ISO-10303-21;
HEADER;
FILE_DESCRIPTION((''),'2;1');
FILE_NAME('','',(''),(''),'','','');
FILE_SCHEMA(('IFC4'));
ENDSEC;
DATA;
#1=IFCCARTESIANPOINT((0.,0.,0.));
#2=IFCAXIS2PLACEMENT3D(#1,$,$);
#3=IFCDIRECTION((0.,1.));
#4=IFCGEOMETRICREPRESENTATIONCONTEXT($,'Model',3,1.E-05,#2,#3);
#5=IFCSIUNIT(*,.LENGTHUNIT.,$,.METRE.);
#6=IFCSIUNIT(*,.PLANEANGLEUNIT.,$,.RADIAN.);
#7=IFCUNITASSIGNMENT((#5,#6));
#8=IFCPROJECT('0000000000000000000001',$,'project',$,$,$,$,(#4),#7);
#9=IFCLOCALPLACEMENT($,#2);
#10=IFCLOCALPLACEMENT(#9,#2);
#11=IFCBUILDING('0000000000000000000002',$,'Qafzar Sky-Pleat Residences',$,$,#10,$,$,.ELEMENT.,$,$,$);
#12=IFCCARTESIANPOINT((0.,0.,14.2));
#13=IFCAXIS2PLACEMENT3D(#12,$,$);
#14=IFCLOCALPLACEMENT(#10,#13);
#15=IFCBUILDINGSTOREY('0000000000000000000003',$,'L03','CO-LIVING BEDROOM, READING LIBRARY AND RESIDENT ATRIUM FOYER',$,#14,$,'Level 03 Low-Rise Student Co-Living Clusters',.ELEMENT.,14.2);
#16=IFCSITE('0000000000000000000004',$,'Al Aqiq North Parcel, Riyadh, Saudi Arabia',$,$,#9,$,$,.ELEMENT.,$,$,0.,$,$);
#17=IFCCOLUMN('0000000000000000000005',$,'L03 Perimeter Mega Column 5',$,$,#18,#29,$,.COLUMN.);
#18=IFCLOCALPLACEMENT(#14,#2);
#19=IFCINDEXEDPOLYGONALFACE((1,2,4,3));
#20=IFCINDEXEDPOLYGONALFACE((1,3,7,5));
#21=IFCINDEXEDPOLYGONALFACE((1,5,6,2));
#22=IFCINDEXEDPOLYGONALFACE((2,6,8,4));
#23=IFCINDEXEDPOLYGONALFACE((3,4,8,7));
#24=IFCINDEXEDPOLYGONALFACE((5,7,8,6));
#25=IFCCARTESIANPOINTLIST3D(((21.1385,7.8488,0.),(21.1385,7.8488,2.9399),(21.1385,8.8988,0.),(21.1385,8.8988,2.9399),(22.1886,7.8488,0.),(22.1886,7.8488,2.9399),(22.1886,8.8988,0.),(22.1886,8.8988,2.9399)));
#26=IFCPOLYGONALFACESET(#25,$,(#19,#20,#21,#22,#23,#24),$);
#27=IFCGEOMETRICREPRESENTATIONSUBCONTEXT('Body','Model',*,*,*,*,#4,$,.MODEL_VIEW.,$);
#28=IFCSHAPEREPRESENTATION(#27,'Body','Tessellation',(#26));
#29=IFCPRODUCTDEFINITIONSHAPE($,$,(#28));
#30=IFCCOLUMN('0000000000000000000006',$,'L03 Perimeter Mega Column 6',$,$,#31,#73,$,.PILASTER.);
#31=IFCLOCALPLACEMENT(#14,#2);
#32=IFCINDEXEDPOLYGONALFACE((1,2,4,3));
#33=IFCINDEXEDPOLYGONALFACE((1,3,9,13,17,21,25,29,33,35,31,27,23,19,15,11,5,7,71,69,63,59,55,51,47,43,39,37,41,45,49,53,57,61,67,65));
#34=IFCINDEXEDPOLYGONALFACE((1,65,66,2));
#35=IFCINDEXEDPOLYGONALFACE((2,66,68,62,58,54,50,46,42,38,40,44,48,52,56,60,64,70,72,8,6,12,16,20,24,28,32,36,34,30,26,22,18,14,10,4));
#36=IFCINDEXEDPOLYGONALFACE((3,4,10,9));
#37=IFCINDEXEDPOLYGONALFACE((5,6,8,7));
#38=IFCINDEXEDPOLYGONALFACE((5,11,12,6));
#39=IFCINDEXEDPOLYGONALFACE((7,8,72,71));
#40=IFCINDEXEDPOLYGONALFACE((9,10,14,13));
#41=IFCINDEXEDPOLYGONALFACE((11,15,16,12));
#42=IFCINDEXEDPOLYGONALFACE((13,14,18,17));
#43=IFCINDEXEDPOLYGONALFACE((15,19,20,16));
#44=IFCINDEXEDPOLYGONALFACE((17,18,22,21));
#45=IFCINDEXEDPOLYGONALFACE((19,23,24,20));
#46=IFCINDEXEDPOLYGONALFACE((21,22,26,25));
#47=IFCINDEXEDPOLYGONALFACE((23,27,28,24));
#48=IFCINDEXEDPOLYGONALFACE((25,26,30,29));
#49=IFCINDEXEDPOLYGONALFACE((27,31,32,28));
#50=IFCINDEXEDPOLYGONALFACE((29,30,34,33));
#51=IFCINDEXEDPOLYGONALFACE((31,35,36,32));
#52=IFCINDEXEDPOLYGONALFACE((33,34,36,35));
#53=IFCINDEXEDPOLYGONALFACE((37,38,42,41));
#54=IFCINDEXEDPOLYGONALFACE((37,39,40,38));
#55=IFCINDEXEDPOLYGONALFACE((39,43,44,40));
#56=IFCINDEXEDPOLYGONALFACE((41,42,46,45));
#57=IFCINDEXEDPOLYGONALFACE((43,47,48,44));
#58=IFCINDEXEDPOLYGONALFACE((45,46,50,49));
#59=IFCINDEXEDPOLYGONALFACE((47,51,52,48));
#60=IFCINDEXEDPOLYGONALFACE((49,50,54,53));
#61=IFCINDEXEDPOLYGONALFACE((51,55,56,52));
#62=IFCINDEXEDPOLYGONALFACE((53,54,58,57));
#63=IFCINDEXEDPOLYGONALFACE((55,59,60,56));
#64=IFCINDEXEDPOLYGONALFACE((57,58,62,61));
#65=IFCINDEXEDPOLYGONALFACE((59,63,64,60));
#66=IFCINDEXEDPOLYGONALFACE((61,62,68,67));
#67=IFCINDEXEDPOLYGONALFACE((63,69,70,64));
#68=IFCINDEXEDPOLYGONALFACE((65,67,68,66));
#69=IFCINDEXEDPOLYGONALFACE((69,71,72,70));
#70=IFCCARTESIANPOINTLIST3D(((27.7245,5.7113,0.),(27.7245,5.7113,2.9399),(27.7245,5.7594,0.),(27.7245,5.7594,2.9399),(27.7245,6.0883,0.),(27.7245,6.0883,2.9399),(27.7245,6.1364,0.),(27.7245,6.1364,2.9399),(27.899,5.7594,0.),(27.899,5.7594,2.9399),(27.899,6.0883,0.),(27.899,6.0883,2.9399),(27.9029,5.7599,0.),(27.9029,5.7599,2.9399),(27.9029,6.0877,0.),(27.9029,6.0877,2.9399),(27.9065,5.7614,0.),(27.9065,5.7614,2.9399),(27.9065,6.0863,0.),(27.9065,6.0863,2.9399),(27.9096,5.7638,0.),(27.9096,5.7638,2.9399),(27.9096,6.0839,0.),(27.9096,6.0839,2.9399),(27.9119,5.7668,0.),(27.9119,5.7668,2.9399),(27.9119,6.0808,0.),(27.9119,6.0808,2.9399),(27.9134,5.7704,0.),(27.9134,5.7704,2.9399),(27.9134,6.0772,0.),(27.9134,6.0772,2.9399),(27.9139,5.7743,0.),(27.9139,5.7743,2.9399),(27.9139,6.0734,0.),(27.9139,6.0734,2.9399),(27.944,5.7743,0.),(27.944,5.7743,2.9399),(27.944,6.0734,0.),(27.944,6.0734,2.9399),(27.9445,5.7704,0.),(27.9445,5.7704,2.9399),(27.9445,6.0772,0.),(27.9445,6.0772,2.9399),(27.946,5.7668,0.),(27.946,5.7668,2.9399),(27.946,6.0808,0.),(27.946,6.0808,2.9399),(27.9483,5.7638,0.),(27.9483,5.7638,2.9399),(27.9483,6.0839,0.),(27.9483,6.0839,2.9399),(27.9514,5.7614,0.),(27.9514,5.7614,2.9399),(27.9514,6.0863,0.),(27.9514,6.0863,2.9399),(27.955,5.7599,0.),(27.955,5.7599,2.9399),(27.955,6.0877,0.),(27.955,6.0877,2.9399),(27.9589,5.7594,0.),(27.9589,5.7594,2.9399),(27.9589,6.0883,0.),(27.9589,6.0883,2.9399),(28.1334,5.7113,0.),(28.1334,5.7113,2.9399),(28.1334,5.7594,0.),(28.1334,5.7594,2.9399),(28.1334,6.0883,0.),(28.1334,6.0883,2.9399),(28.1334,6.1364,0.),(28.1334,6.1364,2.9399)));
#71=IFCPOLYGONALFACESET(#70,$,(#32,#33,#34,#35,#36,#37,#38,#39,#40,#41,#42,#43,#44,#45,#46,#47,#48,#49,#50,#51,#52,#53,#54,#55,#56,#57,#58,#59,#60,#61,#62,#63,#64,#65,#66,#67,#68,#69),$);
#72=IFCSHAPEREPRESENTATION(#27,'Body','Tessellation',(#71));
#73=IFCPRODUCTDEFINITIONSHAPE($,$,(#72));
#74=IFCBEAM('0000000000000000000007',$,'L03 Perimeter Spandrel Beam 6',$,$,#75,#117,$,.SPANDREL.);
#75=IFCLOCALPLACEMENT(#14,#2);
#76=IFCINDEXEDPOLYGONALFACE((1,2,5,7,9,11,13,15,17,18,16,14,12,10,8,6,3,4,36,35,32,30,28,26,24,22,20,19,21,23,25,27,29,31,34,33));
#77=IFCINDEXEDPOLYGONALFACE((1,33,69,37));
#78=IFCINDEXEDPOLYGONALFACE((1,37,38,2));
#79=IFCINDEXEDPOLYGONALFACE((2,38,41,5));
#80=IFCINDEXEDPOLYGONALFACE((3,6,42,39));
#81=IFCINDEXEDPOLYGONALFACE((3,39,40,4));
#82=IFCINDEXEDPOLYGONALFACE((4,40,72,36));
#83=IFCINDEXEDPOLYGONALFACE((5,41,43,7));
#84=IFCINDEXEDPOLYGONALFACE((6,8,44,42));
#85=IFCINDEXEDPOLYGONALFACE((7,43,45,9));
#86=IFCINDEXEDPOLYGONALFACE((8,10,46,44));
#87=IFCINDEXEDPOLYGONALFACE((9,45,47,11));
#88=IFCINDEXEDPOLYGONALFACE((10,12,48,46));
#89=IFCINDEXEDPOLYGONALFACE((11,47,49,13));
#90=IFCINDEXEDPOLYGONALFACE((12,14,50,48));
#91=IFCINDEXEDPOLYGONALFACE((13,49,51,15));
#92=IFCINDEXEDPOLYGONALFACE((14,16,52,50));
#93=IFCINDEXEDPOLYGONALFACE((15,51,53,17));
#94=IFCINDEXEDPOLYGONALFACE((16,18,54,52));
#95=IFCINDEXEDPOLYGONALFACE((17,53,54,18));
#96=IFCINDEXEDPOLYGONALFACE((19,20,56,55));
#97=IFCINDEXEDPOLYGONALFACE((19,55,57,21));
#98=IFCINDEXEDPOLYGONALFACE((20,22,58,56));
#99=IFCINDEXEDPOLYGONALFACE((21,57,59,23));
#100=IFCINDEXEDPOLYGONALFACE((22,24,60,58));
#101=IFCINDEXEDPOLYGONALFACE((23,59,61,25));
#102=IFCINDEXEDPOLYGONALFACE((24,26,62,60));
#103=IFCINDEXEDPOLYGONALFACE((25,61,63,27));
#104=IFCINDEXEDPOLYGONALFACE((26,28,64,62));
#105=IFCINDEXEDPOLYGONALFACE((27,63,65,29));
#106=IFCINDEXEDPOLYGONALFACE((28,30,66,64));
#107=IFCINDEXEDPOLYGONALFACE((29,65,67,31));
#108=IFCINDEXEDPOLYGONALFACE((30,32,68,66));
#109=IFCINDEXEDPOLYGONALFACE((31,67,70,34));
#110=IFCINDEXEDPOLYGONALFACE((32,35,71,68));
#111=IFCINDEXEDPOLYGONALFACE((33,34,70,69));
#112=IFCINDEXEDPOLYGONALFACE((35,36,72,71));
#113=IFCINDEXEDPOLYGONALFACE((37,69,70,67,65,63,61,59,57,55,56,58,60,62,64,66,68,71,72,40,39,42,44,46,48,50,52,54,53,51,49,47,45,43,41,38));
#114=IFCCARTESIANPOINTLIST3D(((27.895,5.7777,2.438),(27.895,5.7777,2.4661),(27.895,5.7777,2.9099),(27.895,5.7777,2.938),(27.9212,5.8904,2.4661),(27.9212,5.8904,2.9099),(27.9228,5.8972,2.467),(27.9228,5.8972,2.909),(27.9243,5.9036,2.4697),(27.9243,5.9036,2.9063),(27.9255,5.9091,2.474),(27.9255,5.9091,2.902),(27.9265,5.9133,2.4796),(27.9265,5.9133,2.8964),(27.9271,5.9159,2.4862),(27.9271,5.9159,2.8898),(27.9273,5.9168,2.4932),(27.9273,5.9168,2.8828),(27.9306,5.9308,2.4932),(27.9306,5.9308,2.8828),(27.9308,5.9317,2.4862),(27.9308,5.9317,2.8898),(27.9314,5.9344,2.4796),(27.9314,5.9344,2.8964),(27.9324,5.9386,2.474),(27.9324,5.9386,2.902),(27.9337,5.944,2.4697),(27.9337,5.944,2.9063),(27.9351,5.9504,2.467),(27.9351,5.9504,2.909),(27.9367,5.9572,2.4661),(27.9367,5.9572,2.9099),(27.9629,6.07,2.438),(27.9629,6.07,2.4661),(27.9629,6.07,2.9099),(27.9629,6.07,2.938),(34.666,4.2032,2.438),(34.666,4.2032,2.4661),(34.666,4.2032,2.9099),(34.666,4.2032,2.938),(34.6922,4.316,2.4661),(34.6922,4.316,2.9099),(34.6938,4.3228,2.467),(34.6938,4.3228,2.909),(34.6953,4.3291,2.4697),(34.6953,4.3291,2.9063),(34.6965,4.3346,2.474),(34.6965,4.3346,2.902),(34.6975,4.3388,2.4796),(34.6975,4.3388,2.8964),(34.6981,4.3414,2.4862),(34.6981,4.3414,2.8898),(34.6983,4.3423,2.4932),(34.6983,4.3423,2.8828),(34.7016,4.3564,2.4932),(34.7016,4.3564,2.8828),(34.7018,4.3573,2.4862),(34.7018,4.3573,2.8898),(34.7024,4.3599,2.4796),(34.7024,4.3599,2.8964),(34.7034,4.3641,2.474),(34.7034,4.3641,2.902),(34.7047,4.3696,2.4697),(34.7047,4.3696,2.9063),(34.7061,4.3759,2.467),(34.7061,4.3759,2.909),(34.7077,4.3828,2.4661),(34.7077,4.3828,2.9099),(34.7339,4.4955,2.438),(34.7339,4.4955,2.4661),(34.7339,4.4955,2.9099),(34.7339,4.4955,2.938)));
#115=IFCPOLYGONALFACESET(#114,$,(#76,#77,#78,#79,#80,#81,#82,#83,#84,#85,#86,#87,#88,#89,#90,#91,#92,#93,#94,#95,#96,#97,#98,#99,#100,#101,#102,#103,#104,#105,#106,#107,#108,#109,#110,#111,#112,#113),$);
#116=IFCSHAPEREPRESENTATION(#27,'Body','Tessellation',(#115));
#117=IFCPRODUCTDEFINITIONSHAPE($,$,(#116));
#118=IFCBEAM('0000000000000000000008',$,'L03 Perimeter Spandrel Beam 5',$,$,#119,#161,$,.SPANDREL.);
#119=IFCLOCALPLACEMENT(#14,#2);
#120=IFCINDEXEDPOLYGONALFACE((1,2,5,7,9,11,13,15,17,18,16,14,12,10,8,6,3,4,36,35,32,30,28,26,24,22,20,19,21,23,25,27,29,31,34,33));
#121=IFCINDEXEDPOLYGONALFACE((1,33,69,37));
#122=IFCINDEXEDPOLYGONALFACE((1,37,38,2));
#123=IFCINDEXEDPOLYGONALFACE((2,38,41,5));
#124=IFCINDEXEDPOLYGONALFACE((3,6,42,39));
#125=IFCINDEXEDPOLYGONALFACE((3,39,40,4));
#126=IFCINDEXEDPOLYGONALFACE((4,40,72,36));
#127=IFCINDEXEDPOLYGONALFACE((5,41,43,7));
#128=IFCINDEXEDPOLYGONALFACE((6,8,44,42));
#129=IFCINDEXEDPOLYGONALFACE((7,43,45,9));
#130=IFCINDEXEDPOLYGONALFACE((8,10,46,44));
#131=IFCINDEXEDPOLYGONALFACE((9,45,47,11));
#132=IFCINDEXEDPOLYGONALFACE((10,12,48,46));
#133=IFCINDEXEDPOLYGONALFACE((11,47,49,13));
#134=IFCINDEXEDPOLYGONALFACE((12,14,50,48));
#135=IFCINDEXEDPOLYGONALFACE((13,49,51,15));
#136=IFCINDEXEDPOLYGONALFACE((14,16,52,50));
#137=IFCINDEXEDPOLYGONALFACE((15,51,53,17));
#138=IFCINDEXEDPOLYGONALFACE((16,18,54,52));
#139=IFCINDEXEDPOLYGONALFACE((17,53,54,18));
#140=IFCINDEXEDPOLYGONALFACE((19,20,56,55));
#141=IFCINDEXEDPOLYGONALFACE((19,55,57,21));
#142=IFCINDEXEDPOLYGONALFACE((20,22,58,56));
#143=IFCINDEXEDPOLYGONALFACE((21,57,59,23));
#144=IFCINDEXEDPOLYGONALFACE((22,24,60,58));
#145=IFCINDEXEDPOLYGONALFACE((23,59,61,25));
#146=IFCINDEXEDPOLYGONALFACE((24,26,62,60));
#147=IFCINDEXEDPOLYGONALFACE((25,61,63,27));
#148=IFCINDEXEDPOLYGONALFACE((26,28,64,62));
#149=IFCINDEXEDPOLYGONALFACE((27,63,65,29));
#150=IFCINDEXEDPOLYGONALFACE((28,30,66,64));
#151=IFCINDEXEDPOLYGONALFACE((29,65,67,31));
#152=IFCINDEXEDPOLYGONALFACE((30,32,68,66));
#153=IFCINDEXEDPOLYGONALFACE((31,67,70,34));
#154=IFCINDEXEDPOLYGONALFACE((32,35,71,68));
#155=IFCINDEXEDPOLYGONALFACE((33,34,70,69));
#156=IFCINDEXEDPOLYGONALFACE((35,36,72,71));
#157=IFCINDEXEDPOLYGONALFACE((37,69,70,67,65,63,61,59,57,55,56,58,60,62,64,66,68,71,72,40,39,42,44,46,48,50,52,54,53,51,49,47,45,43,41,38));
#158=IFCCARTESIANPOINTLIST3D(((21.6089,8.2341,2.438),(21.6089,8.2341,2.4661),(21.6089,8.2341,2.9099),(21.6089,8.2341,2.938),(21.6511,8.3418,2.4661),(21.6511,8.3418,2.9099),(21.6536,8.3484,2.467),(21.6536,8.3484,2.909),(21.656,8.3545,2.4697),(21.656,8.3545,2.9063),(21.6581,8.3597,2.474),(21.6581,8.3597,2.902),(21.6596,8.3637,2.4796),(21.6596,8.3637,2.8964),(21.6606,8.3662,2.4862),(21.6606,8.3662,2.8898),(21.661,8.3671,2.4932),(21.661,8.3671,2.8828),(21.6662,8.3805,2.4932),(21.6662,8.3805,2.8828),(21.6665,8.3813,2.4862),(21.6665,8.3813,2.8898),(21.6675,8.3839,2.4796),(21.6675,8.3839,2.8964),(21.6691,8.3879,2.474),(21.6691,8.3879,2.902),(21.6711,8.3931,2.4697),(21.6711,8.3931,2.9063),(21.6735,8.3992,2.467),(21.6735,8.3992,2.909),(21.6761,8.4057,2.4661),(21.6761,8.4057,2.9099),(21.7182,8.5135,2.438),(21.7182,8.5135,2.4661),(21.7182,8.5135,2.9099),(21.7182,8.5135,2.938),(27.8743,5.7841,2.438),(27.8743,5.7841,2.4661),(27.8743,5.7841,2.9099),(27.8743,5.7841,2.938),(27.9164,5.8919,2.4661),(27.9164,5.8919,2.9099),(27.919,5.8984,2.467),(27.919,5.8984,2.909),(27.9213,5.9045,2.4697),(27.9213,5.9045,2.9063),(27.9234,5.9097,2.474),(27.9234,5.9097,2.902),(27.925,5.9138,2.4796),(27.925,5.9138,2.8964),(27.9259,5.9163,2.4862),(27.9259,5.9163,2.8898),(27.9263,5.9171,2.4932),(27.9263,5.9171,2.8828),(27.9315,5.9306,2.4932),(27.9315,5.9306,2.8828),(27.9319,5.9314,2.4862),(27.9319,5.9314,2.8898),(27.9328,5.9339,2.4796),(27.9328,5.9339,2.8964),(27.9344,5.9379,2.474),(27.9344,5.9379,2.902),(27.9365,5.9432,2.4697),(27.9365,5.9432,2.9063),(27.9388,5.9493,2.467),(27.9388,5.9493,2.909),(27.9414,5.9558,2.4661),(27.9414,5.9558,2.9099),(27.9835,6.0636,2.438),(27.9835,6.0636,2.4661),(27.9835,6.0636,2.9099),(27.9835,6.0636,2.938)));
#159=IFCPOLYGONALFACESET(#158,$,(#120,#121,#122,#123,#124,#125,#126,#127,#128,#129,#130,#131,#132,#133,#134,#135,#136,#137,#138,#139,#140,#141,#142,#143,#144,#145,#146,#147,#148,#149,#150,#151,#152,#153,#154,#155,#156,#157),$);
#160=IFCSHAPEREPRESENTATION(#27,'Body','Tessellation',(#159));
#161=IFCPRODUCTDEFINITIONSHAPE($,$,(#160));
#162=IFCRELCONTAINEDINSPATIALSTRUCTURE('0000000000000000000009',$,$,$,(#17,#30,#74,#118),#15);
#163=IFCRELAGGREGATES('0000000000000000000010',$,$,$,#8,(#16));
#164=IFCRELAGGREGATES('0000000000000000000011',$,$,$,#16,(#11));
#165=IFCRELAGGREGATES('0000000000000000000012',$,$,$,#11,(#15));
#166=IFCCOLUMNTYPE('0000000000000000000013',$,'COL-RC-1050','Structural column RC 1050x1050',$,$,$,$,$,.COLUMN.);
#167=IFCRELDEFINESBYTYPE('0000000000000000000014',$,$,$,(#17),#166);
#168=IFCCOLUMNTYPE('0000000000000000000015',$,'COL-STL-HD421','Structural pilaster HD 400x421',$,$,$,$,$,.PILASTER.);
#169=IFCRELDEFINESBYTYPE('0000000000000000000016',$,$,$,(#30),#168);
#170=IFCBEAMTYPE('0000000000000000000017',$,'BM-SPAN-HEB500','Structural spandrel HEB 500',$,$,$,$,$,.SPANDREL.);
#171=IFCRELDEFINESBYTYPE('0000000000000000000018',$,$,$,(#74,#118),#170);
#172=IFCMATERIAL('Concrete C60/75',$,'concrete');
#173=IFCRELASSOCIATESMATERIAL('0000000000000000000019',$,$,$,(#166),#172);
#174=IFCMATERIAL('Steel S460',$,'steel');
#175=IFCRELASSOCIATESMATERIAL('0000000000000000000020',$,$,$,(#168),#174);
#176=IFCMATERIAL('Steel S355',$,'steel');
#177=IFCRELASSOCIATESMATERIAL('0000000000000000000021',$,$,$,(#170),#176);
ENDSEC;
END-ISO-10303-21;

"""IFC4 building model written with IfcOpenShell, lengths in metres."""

from ifc_helpers import new_model, si_unit, direction, frame, origin, origin_2d, place, context, subcontext, project, spatial, rectangle, i_section, extrude, source, transform, mapped, material, material_profile, profile_set, type_object, element, save


model = new_model("IFC4")

# Units and contexts
model_context = context("Model", 3, precision=1e-05, world=origin(), true_north=direction((0.0, 1.0)))
body_context = subcontext(model_context, "Body", "Model", "MODEL_VIEW")
ifc_project = project(units=[si_unit("LENGTHUNIT", "METRE"), si_unit("PLANEANGLEUNIT", "RADIAN")], contexts=[model_context])

# Site, building, storey
site_placement = place(None, origin())
site = spatial("IfcSite", under=ifc_project, at=site_placement, Name="Al Aqiq North Parcel, Riyadh, Saudi Arabia", CompositionType="ELEMENT", RefElevation=0.0)
building_placement = place(site_placement, origin())
building = spatial("IfcBuilding", under=site, at=building_placement, Name="Qafzar Sky-Pleat Residences", CompositionType="ELEMENT")
storey_placement = place(building_placement, frame((0.0, 0.0, 14.2)))
storey = spatial("IfcBuildingStorey", under=building, at=storey_placement, Name="L03", Description="CO-LIVING BEDROOM, READING LIBRARY AND RESIDENT ATRIUM FOYER", LongName="Level 03 Low-Rise Student Co-Living Clusters", CompositionType="ELEMENT", Elevation=14.2)

# Columns
ifc_material_1 = material(Name="Concrete C60/75", Category="concrete")
ifc_material_profile_1 = material_profile(ifc_material_1, rectangle(XDim=1.05, YDim=1.05, at=origin_2d()), Name="RC 1050x1050")
ifc_profile_set_1 = profile_set([ifc_material_profile_1], Name="Concrete C60/75")
column_type_1 = type_object("IfcColumnType", Name="COL-RC-1050", Description="Structural column RC 1050x1050", PredefinedType="COLUMN", material=ifc_profile_set_1)
shared_shape_1 = source(origin(), body_context, "Body", "SweptSolid", [
    extrude(rectangle(XDim=1.05, YDim=1.05, at=origin_2d()), origin(), (0.0, 0.0, 1.0), 2.9399),
])
column_1_placement = place(storey_placement, frame((21.6636, 8.3738, 0.0), z_axis=(0.0, 0.0, 1.0), x_axis=(1.0, 0.0, 0.0)))
element("IfcColumn", 1, at=column_1_placement, inside=storey, type_object=column_type_1, Name="L03 Perimeter Mega Column 5", PredefinedType="COLUMN", context=body_context, shape_type="MappedRepresentation", body=[
    mapped(shared_shape_1, transform((0.0, 0.0, 0.0), x_axis=(1.0, 0.0, 0.0), y_axis=(0.0, 1.0, 0.0), z_axis=(0.0, 0.0, 1.0), scale=1.0)),
])
ifc_material_2 = material(Name="Steel S460", Category="steel")
ifc_material_profile_2 = material_profile(ifc_material_2, i_section(OverallWidth=0.4089, OverallDepth=0.425, WebThickness=0.03, FlangeThickness=0.0481, FilletRadius=0.0149, at=origin_2d()), Name="HD 400x421")
ifc_profile_set_2 = profile_set([ifc_material_profile_2], Name="Steel S460")
column_type_2 = type_object("IfcColumnType", Name="COL-STL-HD421", Description="Structural pilaster HD 400x421", PredefinedType="PILASTER", material=ifc_profile_set_2)
shared_shape_2 = source(origin(), body_context, "Body", "SweptSolid", [
    extrude(i_section(OverallWidth=0.4089, OverallDepth=0.425, WebThickness=0.03, FlangeThickness=0.0481, FilletRadius=0.0149, at=origin_2d()), origin(), (0.0, 0.0, 1.0), 2.9399),
])
column_2_placement = place(storey_placement, frame((27.929, 5.9238, 0.0), z_axis=(0.0, 0.0, 1.0), x_axis=(1.0, 0.0, 0.0)))
element("IfcColumn", 2, at=column_2_placement, inside=storey, type_object=column_type_2, Name="L03 Perimeter Mega Column 6", PredefinedType="PILASTER", context=body_context, shape_type="MappedRepresentation", body=[
    mapped(shared_shape_2, transform((0.0, 0.0, 0.0), x_axis=(1.0, 0.0, 0.0), y_axis=(0.0, 1.0, 0.0), z_axis=(0.0, 0.0, 1.0), scale=1.0)),
])

# Beams
ifc_material_3 = material(Name="Steel S355", Category="steel")
ifc_material_profile_3 = material_profile(ifc_material_3, i_section(OverallWidth=0.3, OverallDepth=0.5, WebThickness=0.0144, FlangeThickness=0.0281, FilletRadius=0.0271, at=origin_2d()), Name="HEB 500")
ifc_profile_set_3 = profile_set([ifc_material_profile_3], Name="Steel S355")
beam_type_1 = type_object("IfcBeamType", Name="BM-SPAN-HEB500", Description="Structural spandrel HEB 500", PredefinedType="SPANDREL", material=ifc_profile_set_3)
shared_shape_3 = source(origin(), body_context, "Body", "SweptSolid", [
    extrude(i_section(OverallWidth=0.3, OverallDepth=0.5, WebThickness=0.0144, FlangeThickness=0.0281, FilletRadius=0.0271, at=origin_2d()), origin(), (0.0, 0.0, 1.0), 6.9517),
])
beam_1_placement = place(storey_placement, frame((27.929, 5.9238, 2.688), z_axis=(0.974014, -0.226488, 0.0), x_axis=(0.226488, 0.974014, 0.0)))
element("IfcBeam", 3, at=beam_1_placement, inside=storey, type_object=beam_type_1, Name="L03 Perimeter Spandrel Beam 6", PredefinedType="SPANDREL", context=body_context, shape_type="MappedRepresentation", body=[
    mapped(shared_shape_3, transform((0.0, 0.0, 0.0), x_axis=(1.0, 0.0, 0.0), y_axis=(0.0, 1.0, 0.0), z_axis=(0.0, 0.0, 1.0), scale=1.0)),
])
shared_shape_4 = source(origin(), body_context, "Body", "SweptSolid", [
    extrude(i_section(OverallWidth=0.3, OverallDepth=0.5, WebThickness=0.0144, FlangeThickness=0.0281, FilletRadius=0.0271, at=origin_2d()), origin(), (0.0, 0.0, 1.0), 6.7273),
])
beam_2_placement = place(storey_placement, frame((21.6636, 8.3738, 2.688), z_axis=(0.931329, -0.364178, 0.0), x_axis=(0.364178, 0.931329, 0.0)))
element("IfcBeam", 4, at=beam_2_placement, inside=storey, type_object=beam_type_1, Name="L03 Perimeter Spandrel Beam 5", PredefinedType="SPANDREL", context=body_context, shape_type="MappedRepresentation", body=[
    mapped(shared_shape_4, transform((0.0, 0.0, 0.0), x_axis=(1.0, 0.0, 0.0), y_axis=(0.0, 1.0, 0.0), z_axis=(0.0, 0.0, 1.0), scale=1.0)),
])

save(model, "model.ifc")
